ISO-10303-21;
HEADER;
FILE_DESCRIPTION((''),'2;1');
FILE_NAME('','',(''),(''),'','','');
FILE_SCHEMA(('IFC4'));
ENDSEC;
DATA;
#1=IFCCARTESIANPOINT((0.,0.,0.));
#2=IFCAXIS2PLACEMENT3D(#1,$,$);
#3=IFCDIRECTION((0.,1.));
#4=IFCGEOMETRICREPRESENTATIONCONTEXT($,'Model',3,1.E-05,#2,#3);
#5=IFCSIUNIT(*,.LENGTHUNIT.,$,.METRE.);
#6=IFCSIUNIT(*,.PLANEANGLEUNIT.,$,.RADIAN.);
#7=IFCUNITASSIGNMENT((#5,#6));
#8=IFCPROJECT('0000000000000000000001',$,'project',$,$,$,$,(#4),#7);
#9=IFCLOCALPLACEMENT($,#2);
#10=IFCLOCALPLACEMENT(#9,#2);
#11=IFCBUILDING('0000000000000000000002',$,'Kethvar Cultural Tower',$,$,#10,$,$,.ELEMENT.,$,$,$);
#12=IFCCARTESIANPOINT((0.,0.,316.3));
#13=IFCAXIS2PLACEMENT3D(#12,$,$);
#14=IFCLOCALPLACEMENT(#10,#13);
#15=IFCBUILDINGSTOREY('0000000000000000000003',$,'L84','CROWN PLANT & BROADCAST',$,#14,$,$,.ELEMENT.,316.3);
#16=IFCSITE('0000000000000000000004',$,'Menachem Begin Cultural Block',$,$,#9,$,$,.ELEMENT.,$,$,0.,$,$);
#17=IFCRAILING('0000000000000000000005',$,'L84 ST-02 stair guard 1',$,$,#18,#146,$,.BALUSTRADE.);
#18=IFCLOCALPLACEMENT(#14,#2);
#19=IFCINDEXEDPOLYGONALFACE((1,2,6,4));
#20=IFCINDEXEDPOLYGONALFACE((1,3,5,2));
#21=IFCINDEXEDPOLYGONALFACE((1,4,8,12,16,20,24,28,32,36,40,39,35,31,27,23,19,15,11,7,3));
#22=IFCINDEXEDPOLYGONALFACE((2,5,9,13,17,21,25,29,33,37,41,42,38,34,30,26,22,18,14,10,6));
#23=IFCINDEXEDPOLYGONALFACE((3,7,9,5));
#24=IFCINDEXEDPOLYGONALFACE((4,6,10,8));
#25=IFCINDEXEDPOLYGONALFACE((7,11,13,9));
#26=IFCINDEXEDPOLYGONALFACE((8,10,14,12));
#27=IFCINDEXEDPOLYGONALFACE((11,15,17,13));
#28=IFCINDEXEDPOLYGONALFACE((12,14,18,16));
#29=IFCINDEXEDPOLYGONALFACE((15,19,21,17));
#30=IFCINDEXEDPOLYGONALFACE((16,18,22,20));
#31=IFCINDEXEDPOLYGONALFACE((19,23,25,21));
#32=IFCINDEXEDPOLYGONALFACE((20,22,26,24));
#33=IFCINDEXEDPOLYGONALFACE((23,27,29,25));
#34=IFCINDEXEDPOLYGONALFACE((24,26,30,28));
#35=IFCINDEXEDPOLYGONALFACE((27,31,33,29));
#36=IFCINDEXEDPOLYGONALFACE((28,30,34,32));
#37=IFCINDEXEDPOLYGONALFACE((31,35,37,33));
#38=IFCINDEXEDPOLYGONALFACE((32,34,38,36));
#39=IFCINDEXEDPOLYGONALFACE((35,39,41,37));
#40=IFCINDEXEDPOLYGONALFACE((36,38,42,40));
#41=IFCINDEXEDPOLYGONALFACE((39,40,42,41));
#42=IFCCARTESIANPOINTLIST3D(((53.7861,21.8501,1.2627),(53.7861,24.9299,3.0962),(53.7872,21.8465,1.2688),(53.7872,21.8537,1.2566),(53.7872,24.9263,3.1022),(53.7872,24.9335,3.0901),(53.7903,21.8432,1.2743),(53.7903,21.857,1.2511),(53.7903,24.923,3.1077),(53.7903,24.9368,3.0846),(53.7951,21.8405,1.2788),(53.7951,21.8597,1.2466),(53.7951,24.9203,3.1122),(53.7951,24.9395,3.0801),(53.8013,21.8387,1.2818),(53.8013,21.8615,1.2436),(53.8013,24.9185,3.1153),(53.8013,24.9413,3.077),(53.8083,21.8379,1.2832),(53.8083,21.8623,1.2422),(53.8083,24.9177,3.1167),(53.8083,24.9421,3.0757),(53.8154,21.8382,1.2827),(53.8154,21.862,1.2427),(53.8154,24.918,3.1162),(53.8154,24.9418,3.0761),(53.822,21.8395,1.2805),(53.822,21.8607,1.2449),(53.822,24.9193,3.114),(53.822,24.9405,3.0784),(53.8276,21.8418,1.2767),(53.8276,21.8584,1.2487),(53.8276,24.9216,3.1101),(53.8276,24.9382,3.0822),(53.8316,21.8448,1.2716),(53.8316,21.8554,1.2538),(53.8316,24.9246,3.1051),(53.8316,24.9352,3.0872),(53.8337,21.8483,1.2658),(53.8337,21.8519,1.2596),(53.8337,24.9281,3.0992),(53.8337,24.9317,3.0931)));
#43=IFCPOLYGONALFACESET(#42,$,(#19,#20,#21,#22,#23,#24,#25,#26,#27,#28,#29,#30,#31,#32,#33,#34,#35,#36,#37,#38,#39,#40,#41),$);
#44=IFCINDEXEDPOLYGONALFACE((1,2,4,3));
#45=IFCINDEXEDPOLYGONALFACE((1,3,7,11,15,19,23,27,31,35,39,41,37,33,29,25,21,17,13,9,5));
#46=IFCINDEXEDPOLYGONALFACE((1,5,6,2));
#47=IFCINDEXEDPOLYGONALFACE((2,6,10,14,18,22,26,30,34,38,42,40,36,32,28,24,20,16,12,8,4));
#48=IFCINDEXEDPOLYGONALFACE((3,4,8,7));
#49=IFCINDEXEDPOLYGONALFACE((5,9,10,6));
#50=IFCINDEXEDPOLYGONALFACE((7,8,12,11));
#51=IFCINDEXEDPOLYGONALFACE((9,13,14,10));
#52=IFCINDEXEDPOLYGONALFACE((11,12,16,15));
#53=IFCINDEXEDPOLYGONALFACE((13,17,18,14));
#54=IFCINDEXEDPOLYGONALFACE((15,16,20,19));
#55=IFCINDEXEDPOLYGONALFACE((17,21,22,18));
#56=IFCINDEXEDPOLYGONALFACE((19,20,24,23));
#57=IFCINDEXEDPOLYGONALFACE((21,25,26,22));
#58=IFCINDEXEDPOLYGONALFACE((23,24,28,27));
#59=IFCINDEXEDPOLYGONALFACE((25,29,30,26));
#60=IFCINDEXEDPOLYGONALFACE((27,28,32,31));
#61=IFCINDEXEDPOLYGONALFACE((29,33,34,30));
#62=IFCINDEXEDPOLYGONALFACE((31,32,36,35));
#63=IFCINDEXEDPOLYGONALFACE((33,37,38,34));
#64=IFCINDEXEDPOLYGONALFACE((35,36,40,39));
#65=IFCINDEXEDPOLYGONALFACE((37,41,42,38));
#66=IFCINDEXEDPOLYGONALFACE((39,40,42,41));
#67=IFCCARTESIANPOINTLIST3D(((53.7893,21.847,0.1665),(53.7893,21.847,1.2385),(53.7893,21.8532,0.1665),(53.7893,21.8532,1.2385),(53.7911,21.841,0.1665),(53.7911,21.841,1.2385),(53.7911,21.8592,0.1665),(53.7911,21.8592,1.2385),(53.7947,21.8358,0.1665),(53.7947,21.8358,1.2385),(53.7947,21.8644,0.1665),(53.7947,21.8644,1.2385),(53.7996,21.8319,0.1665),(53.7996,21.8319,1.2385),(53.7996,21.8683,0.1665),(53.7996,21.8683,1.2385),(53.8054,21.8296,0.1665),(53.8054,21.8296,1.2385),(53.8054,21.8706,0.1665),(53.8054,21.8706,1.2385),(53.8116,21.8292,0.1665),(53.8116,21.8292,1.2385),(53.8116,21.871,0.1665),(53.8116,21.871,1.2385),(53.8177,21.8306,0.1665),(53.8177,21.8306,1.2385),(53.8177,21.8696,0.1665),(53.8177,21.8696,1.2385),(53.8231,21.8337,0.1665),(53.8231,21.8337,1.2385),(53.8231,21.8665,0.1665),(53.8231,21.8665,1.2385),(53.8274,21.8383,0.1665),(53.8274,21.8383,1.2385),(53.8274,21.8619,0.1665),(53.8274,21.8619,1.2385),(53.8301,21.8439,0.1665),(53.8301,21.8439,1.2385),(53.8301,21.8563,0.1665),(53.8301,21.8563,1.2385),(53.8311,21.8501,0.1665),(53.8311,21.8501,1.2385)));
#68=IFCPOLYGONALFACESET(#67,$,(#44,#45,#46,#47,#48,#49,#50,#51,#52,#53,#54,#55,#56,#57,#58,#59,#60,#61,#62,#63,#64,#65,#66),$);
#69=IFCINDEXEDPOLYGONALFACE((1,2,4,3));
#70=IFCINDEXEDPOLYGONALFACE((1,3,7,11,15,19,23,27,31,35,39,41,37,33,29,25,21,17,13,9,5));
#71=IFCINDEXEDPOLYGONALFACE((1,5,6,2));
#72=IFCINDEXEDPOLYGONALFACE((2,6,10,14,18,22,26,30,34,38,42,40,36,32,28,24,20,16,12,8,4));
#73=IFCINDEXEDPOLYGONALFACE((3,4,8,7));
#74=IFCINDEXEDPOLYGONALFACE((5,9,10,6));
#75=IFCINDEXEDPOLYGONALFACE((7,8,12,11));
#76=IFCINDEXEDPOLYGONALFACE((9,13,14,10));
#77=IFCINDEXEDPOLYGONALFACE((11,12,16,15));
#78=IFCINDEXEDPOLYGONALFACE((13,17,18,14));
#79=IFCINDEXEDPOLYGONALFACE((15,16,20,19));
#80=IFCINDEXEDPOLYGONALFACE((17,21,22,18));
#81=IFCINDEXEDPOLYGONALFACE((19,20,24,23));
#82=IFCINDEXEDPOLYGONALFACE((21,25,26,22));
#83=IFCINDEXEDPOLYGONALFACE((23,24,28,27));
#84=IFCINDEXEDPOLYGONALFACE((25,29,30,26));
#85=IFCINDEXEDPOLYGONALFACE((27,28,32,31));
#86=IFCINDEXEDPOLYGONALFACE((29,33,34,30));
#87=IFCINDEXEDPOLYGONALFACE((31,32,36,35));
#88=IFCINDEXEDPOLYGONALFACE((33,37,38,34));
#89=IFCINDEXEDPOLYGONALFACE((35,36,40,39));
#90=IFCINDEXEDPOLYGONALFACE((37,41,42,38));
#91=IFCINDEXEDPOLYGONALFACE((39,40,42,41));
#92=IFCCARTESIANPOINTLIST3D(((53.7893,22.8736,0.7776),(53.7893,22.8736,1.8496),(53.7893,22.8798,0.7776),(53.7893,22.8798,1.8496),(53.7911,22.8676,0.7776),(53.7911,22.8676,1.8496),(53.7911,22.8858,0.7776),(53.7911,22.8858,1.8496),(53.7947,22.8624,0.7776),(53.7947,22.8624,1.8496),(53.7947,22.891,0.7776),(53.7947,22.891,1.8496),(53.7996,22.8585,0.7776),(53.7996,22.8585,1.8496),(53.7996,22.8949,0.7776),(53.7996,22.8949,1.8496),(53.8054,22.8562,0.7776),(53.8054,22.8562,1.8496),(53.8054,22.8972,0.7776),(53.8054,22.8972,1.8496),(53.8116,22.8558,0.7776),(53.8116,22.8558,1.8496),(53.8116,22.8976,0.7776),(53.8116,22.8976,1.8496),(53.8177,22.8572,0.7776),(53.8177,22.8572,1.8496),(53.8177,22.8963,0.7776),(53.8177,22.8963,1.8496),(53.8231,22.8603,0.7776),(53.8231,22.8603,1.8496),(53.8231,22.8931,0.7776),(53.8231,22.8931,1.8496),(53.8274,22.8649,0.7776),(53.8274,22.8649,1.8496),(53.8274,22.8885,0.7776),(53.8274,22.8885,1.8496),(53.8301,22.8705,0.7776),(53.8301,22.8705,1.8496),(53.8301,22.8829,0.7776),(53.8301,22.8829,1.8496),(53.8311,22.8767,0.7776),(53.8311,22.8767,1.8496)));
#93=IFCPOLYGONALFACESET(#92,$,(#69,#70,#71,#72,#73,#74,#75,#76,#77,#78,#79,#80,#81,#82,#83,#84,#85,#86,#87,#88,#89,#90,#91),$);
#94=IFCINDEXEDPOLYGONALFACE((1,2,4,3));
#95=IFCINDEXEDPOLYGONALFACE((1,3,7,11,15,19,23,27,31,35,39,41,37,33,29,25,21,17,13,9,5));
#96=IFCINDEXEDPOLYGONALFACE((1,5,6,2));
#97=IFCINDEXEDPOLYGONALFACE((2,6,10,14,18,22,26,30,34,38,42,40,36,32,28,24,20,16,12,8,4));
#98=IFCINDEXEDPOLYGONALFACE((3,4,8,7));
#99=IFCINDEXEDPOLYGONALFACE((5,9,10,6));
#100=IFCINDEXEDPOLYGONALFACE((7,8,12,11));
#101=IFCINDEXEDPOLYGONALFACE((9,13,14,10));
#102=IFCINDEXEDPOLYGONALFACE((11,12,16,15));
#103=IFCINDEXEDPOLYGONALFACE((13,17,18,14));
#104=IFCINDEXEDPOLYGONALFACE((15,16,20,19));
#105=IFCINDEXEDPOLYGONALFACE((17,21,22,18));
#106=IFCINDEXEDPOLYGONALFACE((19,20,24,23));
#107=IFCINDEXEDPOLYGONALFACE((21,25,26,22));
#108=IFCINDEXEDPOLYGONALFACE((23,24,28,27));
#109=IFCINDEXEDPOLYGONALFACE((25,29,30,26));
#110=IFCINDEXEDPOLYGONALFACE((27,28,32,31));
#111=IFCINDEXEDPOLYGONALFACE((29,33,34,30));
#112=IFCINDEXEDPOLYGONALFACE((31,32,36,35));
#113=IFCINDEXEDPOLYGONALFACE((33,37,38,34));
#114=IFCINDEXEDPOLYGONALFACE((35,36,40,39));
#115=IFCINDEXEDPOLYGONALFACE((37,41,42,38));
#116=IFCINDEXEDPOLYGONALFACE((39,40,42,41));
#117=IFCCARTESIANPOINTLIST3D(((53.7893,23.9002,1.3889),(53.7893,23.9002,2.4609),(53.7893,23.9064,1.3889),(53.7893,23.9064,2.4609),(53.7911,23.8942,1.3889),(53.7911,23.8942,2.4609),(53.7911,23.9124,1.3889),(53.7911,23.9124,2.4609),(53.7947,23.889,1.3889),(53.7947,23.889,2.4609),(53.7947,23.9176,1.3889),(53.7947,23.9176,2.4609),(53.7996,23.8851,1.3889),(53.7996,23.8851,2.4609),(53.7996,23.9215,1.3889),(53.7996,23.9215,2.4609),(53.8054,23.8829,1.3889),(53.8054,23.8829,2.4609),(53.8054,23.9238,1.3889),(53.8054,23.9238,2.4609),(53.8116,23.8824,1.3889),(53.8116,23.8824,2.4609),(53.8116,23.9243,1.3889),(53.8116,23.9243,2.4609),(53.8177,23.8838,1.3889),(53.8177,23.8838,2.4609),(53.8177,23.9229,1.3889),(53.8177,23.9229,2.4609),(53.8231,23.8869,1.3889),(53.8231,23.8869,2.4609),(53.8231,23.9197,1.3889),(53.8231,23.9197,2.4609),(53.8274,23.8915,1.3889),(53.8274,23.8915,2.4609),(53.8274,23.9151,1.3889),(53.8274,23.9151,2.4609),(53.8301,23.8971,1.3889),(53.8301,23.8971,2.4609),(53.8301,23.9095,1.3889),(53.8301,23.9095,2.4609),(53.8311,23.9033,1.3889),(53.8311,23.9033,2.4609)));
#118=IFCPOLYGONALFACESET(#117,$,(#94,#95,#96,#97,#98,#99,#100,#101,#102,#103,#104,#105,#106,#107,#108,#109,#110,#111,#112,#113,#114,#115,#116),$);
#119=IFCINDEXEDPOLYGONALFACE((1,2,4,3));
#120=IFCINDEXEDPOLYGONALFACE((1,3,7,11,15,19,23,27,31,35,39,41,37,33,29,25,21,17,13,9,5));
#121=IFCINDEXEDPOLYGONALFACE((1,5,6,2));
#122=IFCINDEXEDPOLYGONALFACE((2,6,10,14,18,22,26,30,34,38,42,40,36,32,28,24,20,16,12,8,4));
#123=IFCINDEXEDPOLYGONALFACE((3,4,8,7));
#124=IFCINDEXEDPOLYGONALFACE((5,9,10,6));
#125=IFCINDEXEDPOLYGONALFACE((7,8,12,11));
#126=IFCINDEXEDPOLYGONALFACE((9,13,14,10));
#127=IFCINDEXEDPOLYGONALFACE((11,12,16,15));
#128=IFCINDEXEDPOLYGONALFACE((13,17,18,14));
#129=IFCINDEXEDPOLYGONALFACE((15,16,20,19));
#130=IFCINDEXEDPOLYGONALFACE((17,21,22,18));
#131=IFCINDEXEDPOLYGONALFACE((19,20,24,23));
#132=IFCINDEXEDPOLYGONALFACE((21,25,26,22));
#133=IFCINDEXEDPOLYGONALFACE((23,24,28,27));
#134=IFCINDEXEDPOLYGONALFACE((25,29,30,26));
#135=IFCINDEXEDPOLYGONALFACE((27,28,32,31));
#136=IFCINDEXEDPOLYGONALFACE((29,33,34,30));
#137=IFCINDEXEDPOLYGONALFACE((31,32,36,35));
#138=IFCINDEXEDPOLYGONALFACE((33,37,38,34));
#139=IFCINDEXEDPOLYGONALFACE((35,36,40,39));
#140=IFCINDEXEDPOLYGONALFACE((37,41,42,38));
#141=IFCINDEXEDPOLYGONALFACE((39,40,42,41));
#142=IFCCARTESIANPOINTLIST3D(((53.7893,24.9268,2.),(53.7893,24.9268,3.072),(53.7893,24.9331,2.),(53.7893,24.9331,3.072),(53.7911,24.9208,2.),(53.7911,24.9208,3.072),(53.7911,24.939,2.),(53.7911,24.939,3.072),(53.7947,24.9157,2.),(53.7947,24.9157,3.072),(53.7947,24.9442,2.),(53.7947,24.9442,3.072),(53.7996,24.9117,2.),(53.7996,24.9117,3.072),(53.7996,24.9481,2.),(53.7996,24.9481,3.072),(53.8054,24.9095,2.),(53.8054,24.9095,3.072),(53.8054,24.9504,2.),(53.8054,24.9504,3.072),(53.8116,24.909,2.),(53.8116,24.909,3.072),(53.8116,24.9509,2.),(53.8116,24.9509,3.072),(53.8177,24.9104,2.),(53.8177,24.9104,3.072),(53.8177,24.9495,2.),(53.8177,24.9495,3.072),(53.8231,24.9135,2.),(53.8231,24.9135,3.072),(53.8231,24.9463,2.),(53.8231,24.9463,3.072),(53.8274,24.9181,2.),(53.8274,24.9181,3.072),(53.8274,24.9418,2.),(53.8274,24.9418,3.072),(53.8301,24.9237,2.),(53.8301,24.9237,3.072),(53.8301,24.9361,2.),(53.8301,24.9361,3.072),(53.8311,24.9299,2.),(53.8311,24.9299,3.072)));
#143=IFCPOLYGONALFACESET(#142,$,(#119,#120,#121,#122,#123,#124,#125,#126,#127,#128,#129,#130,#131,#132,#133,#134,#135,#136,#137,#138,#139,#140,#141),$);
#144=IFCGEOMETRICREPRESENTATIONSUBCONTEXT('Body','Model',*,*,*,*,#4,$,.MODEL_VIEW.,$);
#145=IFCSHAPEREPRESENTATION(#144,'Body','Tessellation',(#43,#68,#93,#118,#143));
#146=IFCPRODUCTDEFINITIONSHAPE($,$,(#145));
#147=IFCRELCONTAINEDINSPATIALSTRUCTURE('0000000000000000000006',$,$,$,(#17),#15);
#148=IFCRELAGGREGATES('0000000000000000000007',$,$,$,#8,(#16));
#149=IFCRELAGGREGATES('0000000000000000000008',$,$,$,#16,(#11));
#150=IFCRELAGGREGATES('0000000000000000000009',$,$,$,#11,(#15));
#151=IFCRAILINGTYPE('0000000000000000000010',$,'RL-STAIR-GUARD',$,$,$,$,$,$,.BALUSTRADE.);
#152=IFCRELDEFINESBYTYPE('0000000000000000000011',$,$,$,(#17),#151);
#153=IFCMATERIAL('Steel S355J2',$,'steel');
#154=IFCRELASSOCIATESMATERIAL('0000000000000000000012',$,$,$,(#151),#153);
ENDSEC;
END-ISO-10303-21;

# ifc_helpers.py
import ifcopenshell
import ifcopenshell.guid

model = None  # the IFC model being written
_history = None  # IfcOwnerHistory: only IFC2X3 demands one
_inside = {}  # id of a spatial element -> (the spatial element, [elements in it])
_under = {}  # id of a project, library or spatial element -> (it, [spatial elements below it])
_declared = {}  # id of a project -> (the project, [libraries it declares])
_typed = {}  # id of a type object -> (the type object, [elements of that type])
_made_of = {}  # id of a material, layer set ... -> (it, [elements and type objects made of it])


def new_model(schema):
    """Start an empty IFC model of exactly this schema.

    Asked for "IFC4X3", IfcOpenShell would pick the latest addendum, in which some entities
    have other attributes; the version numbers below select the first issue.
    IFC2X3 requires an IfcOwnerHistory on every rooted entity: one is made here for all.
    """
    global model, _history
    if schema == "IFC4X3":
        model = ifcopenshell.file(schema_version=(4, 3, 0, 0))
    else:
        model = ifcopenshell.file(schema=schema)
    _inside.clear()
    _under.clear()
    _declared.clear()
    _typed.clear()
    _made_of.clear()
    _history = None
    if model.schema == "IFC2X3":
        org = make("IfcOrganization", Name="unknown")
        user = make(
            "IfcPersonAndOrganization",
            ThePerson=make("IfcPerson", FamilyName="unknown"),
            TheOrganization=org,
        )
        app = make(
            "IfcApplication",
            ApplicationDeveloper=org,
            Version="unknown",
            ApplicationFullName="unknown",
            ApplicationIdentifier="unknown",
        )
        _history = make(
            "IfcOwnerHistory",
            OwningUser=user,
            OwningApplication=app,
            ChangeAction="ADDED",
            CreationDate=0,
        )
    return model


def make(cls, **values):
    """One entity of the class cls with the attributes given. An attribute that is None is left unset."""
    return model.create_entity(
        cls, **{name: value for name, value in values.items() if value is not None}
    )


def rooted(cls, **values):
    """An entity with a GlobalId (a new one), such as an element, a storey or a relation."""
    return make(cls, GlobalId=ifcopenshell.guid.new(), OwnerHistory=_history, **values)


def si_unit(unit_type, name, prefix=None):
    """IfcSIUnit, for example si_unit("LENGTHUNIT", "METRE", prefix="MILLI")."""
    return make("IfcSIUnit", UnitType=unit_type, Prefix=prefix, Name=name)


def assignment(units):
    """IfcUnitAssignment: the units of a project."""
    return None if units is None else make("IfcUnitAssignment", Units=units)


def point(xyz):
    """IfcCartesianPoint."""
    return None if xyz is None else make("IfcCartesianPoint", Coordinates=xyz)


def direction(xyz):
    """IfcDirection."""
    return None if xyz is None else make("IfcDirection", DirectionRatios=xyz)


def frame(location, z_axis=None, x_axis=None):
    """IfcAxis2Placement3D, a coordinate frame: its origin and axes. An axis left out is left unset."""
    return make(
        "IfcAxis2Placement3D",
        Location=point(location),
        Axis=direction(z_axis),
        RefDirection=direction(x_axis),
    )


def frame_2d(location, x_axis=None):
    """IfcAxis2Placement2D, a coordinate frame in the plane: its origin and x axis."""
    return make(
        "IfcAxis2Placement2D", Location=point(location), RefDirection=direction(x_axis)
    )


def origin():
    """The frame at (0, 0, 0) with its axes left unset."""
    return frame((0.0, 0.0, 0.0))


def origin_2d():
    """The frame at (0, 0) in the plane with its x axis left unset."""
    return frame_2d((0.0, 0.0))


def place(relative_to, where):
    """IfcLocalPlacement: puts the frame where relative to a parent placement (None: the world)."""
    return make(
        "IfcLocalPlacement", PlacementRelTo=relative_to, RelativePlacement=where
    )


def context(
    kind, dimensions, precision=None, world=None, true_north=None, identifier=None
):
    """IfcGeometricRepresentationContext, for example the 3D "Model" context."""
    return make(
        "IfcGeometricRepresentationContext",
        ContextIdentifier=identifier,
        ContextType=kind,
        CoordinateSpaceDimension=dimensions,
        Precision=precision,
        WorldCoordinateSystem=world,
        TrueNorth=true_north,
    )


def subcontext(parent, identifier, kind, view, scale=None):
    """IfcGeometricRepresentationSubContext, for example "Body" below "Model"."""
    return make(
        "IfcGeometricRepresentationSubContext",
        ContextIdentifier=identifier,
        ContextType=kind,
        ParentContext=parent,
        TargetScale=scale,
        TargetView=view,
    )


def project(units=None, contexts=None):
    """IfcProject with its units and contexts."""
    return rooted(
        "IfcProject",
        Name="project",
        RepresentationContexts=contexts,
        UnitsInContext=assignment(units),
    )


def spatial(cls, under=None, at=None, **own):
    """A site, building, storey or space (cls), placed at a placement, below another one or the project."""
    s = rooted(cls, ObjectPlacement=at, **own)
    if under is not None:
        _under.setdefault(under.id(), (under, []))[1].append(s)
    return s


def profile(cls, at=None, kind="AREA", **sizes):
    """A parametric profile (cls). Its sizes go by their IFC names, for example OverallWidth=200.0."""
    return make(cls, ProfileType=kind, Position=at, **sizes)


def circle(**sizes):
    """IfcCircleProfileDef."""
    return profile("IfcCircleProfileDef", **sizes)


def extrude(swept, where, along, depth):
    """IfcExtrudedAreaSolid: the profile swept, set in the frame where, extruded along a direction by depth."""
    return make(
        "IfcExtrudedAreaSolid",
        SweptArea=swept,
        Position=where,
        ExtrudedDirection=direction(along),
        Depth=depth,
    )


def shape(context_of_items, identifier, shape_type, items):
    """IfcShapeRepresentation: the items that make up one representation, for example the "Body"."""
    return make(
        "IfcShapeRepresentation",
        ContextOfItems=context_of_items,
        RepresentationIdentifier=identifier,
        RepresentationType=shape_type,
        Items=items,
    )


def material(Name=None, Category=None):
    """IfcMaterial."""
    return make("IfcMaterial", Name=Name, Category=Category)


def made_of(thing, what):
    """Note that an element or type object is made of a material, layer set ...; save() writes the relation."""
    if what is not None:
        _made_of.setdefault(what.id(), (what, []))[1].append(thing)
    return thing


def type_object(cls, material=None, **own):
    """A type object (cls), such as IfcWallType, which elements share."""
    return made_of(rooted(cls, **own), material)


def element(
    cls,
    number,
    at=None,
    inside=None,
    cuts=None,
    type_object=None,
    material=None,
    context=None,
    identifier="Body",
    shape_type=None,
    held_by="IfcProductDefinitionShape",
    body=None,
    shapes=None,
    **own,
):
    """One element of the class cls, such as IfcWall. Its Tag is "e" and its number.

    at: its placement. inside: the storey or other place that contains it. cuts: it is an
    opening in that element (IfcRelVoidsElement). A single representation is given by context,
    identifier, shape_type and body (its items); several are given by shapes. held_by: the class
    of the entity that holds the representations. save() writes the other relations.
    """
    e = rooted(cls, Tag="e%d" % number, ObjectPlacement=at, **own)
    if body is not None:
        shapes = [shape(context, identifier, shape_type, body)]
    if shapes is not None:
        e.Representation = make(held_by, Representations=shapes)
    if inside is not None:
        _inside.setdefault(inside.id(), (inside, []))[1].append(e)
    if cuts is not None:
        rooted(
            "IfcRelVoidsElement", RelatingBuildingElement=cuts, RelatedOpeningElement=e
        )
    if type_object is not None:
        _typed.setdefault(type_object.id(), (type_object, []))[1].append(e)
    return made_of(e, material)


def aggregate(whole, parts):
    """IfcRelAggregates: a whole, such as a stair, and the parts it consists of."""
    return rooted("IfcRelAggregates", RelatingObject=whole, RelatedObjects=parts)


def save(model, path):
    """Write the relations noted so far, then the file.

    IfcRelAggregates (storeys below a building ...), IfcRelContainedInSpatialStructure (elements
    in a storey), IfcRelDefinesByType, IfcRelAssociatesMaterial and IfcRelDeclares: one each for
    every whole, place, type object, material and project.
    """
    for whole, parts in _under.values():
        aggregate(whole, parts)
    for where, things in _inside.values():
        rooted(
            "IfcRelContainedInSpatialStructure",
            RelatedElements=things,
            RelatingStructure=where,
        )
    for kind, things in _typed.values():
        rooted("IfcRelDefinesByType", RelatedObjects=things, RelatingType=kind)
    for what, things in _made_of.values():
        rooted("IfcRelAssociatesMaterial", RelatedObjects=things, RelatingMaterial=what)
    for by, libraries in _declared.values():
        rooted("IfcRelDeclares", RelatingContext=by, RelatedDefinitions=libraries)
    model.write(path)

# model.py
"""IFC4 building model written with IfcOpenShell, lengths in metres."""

from ifc_helpers import new_model, si_unit, direction, frame, origin, origin_2d, place, context, subcontext, project, spatial, circle, extrude, material, type_object, element, save


model = new_model("IFC4")

# Units and contexts
model_context = context("Model", 3, precision=1e-05, world=origin(), true_north=direction((0.0, 1.0)))
body_context = subcontext(model_context, "Body", "Model", "MODEL_VIEW")
ifc_project = project(units=[si_unit("LENGTHUNIT", "METRE"), si_unit("PLANEANGLEUNIT", "RADIAN")], contexts=[model_context])

# Site, building, storey
site_placement = place(None, origin())
site = spatial("IfcSite", under=ifc_project, at=site_placement, Name="Menachem Begin Cultural Block", CompositionType="ELEMENT", RefElevation=0.0)
building_placement = place(site_placement, origin())
building = spatial("IfcBuilding", under=site, at=building_placement, Name="Kethvar Cultural Tower", CompositionType="ELEMENT")
storey_placement = place(building_placement, frame((0.0, 0.0, 316.3)))
storey = spatial("IfcBuildingStorey", under=building, at=storey_placement, Name="L84", Description="CROWN PLANT & BROADCAST", CompositionType="ELEMENT", Elevation=316.3)

# Shared definitions
ifc_material_1 = material(Name="Steel S355J2", Category="steel")

# Railing
railing_type_1 = type_object("IfcRailingType", Name="RL-STAIR-GUARD", PredefinedType="BALUSTRADE", material=ifc_material_1)
railing_1_placement = place(storey_placement, frame((53.8101, 21.8501, 0.1665)))
element("IfcRailing", 1, at=railing_1_placement, inside=storey, type_object=railing_type_1, Name="L84 ST-02 stair guard 1", PredefinedType="BALUSTRADE", context=body_context, shape_type="SweptSolid", body=[
    extrude(circle(Radius=0.0239, at=origin_2d()), frame((0.0, 0.0, 1.0962), z_axis=(0.0, 0.859261, 0.511538), x_axis=(-1.0, 0.0, 0.0)), (0.0, 0.0, 1.0), 3.5842),
    extrude(circle(Radius=0.021, at=origin_2d()), origin(), (0.0, 0.0, 1.0), 1.072),
    extrude(circle(Radius=0.021, at=origin_2d()), frame((0.0, 1.0266, 0.6111)), (0.0, 0.0, 1.0), 1.072),
    extrude(circle(Radius=0.021, at=origin_2d()), frame((0.0, 2.0532, 1.2224)), (0.0, 0.0, 1.0), 1.072),
    extrude(circle(Radius=0.021, at=origin_2d()), frame((0.0, 3.0798, 1.8335)), (0.0, 0.0, 1.0), 1.072),
])

save(model, "model.ifc")
